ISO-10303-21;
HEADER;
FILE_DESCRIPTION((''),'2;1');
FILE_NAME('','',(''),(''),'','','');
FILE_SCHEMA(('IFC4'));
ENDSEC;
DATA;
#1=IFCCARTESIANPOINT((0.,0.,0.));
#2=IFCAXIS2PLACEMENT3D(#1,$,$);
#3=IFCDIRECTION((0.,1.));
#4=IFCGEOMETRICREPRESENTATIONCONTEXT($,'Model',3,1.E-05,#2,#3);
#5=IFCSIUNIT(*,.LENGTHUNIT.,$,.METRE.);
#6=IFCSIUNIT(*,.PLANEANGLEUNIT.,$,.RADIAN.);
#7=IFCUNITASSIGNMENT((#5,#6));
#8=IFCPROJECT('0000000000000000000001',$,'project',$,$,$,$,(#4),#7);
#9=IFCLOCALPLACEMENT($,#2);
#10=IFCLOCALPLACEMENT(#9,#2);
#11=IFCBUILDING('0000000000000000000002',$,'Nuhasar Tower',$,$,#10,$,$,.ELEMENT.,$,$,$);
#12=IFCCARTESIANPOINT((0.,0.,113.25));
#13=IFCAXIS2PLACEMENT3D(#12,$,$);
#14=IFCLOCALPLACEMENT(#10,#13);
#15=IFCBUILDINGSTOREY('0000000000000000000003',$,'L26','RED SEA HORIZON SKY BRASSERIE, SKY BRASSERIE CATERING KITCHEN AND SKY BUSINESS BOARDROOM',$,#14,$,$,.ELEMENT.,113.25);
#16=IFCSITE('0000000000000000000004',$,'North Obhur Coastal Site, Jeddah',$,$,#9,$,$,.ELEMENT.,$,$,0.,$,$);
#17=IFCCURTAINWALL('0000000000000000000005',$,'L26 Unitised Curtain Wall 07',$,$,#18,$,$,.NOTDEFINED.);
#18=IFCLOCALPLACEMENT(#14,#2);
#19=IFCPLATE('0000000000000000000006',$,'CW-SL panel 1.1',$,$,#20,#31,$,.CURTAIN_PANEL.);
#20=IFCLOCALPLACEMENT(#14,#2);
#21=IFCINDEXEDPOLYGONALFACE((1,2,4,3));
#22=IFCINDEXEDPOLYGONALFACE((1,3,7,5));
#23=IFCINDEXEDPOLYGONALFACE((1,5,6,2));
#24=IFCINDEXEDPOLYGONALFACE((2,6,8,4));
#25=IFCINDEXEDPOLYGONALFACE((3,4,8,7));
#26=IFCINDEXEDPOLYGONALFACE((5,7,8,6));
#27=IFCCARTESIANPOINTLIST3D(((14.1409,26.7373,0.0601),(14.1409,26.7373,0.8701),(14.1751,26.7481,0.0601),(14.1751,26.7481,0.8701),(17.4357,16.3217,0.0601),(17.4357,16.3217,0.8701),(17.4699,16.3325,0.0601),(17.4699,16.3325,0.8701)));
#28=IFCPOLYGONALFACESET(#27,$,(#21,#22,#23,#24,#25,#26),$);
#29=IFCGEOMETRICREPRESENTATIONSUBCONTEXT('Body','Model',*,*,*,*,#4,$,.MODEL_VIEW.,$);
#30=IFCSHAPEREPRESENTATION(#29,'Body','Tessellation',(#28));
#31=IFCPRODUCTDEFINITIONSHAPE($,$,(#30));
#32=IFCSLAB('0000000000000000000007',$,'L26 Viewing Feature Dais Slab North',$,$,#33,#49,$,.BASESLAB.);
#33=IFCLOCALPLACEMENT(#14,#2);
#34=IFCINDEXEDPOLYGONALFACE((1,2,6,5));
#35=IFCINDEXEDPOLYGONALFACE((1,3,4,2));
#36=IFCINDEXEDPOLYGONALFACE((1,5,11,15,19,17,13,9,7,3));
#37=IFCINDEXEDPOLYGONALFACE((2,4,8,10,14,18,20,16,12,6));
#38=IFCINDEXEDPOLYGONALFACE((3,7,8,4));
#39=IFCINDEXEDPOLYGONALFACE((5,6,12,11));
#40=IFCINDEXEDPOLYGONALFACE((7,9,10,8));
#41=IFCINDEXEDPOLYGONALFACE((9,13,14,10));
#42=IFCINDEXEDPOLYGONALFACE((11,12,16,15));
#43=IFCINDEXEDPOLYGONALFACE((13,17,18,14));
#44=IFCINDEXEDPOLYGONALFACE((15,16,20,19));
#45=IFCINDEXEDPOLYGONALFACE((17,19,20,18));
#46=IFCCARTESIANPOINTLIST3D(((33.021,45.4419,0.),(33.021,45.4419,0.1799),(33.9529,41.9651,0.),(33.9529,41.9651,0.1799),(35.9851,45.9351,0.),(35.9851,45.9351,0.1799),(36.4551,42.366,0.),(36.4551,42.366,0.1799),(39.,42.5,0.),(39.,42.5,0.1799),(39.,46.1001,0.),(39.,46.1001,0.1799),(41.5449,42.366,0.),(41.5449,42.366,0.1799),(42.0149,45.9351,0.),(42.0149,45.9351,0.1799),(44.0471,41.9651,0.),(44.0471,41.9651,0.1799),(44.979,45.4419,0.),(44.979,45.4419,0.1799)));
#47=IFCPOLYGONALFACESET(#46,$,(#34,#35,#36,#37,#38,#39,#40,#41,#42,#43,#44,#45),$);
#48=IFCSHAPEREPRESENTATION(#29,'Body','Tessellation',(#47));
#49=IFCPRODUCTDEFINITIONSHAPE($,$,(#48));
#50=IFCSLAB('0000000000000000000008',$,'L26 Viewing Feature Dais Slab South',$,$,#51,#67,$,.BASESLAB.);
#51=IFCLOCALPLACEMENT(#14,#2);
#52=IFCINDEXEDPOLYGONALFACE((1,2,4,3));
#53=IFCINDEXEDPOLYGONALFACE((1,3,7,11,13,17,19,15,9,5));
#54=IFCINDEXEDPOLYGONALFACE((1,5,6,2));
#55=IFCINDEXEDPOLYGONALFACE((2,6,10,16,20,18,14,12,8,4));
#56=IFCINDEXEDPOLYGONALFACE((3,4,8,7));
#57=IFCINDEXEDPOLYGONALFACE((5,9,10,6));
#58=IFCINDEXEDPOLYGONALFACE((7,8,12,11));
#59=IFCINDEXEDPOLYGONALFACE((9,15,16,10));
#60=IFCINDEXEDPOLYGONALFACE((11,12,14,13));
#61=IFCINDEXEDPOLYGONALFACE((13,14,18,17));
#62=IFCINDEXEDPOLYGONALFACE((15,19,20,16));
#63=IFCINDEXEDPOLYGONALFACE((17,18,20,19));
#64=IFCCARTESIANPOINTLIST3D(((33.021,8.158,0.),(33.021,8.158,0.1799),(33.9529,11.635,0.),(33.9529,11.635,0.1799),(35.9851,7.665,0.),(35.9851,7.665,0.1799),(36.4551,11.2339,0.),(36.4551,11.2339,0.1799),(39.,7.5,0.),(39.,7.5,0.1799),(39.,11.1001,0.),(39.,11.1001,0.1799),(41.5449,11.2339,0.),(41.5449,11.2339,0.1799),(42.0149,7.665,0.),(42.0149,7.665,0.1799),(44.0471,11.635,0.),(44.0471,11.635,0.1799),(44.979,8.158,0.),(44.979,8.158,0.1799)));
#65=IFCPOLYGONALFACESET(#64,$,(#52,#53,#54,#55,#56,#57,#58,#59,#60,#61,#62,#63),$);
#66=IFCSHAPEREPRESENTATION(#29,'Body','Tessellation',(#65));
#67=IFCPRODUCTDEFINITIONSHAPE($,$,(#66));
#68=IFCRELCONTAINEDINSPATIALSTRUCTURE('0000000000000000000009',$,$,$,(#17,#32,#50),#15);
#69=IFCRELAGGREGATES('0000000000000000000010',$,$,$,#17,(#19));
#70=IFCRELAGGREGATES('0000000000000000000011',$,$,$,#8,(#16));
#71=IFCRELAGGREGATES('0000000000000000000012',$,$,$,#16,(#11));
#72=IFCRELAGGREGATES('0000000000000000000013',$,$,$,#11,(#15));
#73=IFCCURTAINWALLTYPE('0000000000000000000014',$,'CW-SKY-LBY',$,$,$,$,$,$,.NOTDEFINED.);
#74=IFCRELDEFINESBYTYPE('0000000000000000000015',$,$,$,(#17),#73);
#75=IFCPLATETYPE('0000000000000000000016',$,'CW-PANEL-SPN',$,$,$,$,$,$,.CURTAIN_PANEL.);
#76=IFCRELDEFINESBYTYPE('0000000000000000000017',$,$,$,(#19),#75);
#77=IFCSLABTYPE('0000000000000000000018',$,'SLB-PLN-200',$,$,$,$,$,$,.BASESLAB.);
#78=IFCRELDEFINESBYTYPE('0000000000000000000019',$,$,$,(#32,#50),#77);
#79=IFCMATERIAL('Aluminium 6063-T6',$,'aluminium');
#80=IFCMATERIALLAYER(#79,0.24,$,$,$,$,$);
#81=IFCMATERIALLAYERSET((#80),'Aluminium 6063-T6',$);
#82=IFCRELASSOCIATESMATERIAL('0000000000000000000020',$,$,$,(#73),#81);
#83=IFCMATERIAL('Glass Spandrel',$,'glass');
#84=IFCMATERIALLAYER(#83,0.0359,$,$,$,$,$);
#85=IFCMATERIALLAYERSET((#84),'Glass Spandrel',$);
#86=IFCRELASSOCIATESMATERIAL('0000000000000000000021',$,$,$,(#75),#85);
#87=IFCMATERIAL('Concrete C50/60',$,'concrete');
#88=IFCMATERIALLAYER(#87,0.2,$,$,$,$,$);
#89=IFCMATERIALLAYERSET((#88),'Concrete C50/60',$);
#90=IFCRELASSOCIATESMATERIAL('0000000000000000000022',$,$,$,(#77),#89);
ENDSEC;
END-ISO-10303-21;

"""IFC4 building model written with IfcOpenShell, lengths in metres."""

from ifc_helpers import new_model, si_unit, direction, frame, origin, origin_2d, place, context, subcontext, project, spatial, polyline, rectangle, outline, extrude, material, layer, layer_set, type_object, element, aggregate, save


model = new_model("IFC4")

# Units and contexts
model_context = context("Model", 3, precision=1e-05, world=origin(), true_north=direction((0.0, 1.0)))
body_context = subcontext(model_context, "Body", "Model", "MODEL_VIEW")
ifc_project = project(units=[si_unit("LENGTHUNIT", "METRE"), si_unit("PLANEANGLEUNIT", "RADIAN")], contexts=[model_context])

# Site, building, storey
site_placement = place(None, origin())
site = spatial("IfcSite", under=ifc_project, at=site_placement, Name="North Obhur Coastal Site, Jeddah", CompositionType="ELEMENT", RefElevation=0.0)
building_placement = place(site_placement, origin())
building = spatial("IfcBuilding", under=site, at=building_placement, Name="Nuhasar Tower", CompositionType="ELEMENT")
storey_placement = place(building_placement, frame((0.0, 0.0, 113.25)))
storey = spatial("IfcBuildingStorey", under=building, at=storey_placement, Name="L26", Description="RED SEA HORIZON SKY BRASSERIE, SKY BRASSERIE CATERING KITCHEN AND SKY BUSINESS BOARDROOM", CompositionType="ELEMENT", Elevation=113.25)

# Curtain wall
ifc_material_1 = material(Name="Aluminium 6063-T6", Category="aluminium")
ifc_layer_1 = layer(ifc_material_1, 0.24)
ifc_layer_set_1 = layer_set([ifc_layer_1], Name="Aluminium 6063-T6")
curtain_wall_type = type_object("IfcCurtainWallType", Name="CW-SKY-LBY", PredefinedType="NOTDEFINED", material=ifc_layer_set_1)
curtain_wall_1_placement = place(storey_placement, origin())
curtain_wall_1 = element("IfcCurtainWall", 1, at=curtain_wall_1_placement, inside=storey, type_object=curtain_wall_type, Name="L26 Unitised Curtain Wall 07", PredefinedType="NOTDEFINED")

# Plate
ifc_material_2 = material(Name="Glass Spandrel", Category="glass")
ifc_layer_2 = layer(ifc_material_2, 0.0359)
ifc_layer_set_2 = layer_set([ifc_layer_2], Name="Glass Spandrel")
plate_type_1 = type_object("IfcPlateType", Name="CW-PANEL-SPN", PredefinedType="CURTAIN_PANEL", material=ifc_layer_set_2)
plate_1_placement = place(storey_placement, frame((15.8054, 21.5349, 0.0601), z_axis=(0.0, 0.0, 1.0), x_axis=(0.301604, -0.953433, 0.0)))
plate_1 = element("IfcPlate", 2, at=plate_1_placement, type_object=plate_type_1, Name="CW-SL panel 1.1", PredefinedType="CURTAIN_PANEL", context=body_context, shape_type="SweptSolid", body=[
    extrude(rectangle(XDim=10.9243, YDim=0.0359, at=origin_2d()), origin(), (0.0, 0.0, 1.0), 0.8101),
])
aggregate(curtain_wall_1, [plate_1])

# Slabs
ifc_material_3 = material(Name="Concrete C50/60", Category="concrete")
ifc_layer_3 = layer(ifc_material_3, 0.2)
ifc_layer_set_3 = layer_set([ifc_layer_3], Name="Concrete C50/60")
slab_type_1 = type_object("IfcSlabType", Name="SLB-PLN-200", PredefinedType="BASESLAB", material=ifc_layer_set_3)
slab_1_placement = place(storey_placement, origin())
element("IfcSlab", 3, at=slab_1_placement, inside=storey, type_object=slab_type_1, Name="L26 Viewing Feature Dais Slab North", PredefinedType="BASESLAB", context=body_context, shape_type="SweptSolid", body=[
    extrude(outline(polyline([(44.979, 45.4419), (42.0149, 45.9351), (39.0, 46.1001), (35.9851, 45.9351), (33.021, 45.4419), (33.9529, 41.9651), (36.4551, 42.366), (39.0, 42.5), (41.5449, 42.366), (44.0471, 41.9651), (44.979, 45.4419)])), origin(), (0.0, 0.0, 1.0), 0.1799),
])
slab_2_placement = place(storey_placement, origin())
element("IfcSlab", 4, at=slab_2_placement, inside=storey, type_object=slab_type_1, Name="L26 Viewing Feature Dais Slab South", PredefinedType="BASESLAB", context=body_context, shape_type="SweptSolid", body=[
    extrude(outline(polyline([(33.021, 8.158), (35.9851, 7.665), (39.0, 7.5), (42.0149, 7.665), (44.979, 8.158), (44.0471, 11.635), (41.5449, 11.2339), (39.0, 11.1001), (36.4551, 11.2339), (33.9529, 11.635), (33.021, 8.158)])), origin(), (0.0, 0.0, 1.0), 0.1799),
])

save(model, "model.ifc")
